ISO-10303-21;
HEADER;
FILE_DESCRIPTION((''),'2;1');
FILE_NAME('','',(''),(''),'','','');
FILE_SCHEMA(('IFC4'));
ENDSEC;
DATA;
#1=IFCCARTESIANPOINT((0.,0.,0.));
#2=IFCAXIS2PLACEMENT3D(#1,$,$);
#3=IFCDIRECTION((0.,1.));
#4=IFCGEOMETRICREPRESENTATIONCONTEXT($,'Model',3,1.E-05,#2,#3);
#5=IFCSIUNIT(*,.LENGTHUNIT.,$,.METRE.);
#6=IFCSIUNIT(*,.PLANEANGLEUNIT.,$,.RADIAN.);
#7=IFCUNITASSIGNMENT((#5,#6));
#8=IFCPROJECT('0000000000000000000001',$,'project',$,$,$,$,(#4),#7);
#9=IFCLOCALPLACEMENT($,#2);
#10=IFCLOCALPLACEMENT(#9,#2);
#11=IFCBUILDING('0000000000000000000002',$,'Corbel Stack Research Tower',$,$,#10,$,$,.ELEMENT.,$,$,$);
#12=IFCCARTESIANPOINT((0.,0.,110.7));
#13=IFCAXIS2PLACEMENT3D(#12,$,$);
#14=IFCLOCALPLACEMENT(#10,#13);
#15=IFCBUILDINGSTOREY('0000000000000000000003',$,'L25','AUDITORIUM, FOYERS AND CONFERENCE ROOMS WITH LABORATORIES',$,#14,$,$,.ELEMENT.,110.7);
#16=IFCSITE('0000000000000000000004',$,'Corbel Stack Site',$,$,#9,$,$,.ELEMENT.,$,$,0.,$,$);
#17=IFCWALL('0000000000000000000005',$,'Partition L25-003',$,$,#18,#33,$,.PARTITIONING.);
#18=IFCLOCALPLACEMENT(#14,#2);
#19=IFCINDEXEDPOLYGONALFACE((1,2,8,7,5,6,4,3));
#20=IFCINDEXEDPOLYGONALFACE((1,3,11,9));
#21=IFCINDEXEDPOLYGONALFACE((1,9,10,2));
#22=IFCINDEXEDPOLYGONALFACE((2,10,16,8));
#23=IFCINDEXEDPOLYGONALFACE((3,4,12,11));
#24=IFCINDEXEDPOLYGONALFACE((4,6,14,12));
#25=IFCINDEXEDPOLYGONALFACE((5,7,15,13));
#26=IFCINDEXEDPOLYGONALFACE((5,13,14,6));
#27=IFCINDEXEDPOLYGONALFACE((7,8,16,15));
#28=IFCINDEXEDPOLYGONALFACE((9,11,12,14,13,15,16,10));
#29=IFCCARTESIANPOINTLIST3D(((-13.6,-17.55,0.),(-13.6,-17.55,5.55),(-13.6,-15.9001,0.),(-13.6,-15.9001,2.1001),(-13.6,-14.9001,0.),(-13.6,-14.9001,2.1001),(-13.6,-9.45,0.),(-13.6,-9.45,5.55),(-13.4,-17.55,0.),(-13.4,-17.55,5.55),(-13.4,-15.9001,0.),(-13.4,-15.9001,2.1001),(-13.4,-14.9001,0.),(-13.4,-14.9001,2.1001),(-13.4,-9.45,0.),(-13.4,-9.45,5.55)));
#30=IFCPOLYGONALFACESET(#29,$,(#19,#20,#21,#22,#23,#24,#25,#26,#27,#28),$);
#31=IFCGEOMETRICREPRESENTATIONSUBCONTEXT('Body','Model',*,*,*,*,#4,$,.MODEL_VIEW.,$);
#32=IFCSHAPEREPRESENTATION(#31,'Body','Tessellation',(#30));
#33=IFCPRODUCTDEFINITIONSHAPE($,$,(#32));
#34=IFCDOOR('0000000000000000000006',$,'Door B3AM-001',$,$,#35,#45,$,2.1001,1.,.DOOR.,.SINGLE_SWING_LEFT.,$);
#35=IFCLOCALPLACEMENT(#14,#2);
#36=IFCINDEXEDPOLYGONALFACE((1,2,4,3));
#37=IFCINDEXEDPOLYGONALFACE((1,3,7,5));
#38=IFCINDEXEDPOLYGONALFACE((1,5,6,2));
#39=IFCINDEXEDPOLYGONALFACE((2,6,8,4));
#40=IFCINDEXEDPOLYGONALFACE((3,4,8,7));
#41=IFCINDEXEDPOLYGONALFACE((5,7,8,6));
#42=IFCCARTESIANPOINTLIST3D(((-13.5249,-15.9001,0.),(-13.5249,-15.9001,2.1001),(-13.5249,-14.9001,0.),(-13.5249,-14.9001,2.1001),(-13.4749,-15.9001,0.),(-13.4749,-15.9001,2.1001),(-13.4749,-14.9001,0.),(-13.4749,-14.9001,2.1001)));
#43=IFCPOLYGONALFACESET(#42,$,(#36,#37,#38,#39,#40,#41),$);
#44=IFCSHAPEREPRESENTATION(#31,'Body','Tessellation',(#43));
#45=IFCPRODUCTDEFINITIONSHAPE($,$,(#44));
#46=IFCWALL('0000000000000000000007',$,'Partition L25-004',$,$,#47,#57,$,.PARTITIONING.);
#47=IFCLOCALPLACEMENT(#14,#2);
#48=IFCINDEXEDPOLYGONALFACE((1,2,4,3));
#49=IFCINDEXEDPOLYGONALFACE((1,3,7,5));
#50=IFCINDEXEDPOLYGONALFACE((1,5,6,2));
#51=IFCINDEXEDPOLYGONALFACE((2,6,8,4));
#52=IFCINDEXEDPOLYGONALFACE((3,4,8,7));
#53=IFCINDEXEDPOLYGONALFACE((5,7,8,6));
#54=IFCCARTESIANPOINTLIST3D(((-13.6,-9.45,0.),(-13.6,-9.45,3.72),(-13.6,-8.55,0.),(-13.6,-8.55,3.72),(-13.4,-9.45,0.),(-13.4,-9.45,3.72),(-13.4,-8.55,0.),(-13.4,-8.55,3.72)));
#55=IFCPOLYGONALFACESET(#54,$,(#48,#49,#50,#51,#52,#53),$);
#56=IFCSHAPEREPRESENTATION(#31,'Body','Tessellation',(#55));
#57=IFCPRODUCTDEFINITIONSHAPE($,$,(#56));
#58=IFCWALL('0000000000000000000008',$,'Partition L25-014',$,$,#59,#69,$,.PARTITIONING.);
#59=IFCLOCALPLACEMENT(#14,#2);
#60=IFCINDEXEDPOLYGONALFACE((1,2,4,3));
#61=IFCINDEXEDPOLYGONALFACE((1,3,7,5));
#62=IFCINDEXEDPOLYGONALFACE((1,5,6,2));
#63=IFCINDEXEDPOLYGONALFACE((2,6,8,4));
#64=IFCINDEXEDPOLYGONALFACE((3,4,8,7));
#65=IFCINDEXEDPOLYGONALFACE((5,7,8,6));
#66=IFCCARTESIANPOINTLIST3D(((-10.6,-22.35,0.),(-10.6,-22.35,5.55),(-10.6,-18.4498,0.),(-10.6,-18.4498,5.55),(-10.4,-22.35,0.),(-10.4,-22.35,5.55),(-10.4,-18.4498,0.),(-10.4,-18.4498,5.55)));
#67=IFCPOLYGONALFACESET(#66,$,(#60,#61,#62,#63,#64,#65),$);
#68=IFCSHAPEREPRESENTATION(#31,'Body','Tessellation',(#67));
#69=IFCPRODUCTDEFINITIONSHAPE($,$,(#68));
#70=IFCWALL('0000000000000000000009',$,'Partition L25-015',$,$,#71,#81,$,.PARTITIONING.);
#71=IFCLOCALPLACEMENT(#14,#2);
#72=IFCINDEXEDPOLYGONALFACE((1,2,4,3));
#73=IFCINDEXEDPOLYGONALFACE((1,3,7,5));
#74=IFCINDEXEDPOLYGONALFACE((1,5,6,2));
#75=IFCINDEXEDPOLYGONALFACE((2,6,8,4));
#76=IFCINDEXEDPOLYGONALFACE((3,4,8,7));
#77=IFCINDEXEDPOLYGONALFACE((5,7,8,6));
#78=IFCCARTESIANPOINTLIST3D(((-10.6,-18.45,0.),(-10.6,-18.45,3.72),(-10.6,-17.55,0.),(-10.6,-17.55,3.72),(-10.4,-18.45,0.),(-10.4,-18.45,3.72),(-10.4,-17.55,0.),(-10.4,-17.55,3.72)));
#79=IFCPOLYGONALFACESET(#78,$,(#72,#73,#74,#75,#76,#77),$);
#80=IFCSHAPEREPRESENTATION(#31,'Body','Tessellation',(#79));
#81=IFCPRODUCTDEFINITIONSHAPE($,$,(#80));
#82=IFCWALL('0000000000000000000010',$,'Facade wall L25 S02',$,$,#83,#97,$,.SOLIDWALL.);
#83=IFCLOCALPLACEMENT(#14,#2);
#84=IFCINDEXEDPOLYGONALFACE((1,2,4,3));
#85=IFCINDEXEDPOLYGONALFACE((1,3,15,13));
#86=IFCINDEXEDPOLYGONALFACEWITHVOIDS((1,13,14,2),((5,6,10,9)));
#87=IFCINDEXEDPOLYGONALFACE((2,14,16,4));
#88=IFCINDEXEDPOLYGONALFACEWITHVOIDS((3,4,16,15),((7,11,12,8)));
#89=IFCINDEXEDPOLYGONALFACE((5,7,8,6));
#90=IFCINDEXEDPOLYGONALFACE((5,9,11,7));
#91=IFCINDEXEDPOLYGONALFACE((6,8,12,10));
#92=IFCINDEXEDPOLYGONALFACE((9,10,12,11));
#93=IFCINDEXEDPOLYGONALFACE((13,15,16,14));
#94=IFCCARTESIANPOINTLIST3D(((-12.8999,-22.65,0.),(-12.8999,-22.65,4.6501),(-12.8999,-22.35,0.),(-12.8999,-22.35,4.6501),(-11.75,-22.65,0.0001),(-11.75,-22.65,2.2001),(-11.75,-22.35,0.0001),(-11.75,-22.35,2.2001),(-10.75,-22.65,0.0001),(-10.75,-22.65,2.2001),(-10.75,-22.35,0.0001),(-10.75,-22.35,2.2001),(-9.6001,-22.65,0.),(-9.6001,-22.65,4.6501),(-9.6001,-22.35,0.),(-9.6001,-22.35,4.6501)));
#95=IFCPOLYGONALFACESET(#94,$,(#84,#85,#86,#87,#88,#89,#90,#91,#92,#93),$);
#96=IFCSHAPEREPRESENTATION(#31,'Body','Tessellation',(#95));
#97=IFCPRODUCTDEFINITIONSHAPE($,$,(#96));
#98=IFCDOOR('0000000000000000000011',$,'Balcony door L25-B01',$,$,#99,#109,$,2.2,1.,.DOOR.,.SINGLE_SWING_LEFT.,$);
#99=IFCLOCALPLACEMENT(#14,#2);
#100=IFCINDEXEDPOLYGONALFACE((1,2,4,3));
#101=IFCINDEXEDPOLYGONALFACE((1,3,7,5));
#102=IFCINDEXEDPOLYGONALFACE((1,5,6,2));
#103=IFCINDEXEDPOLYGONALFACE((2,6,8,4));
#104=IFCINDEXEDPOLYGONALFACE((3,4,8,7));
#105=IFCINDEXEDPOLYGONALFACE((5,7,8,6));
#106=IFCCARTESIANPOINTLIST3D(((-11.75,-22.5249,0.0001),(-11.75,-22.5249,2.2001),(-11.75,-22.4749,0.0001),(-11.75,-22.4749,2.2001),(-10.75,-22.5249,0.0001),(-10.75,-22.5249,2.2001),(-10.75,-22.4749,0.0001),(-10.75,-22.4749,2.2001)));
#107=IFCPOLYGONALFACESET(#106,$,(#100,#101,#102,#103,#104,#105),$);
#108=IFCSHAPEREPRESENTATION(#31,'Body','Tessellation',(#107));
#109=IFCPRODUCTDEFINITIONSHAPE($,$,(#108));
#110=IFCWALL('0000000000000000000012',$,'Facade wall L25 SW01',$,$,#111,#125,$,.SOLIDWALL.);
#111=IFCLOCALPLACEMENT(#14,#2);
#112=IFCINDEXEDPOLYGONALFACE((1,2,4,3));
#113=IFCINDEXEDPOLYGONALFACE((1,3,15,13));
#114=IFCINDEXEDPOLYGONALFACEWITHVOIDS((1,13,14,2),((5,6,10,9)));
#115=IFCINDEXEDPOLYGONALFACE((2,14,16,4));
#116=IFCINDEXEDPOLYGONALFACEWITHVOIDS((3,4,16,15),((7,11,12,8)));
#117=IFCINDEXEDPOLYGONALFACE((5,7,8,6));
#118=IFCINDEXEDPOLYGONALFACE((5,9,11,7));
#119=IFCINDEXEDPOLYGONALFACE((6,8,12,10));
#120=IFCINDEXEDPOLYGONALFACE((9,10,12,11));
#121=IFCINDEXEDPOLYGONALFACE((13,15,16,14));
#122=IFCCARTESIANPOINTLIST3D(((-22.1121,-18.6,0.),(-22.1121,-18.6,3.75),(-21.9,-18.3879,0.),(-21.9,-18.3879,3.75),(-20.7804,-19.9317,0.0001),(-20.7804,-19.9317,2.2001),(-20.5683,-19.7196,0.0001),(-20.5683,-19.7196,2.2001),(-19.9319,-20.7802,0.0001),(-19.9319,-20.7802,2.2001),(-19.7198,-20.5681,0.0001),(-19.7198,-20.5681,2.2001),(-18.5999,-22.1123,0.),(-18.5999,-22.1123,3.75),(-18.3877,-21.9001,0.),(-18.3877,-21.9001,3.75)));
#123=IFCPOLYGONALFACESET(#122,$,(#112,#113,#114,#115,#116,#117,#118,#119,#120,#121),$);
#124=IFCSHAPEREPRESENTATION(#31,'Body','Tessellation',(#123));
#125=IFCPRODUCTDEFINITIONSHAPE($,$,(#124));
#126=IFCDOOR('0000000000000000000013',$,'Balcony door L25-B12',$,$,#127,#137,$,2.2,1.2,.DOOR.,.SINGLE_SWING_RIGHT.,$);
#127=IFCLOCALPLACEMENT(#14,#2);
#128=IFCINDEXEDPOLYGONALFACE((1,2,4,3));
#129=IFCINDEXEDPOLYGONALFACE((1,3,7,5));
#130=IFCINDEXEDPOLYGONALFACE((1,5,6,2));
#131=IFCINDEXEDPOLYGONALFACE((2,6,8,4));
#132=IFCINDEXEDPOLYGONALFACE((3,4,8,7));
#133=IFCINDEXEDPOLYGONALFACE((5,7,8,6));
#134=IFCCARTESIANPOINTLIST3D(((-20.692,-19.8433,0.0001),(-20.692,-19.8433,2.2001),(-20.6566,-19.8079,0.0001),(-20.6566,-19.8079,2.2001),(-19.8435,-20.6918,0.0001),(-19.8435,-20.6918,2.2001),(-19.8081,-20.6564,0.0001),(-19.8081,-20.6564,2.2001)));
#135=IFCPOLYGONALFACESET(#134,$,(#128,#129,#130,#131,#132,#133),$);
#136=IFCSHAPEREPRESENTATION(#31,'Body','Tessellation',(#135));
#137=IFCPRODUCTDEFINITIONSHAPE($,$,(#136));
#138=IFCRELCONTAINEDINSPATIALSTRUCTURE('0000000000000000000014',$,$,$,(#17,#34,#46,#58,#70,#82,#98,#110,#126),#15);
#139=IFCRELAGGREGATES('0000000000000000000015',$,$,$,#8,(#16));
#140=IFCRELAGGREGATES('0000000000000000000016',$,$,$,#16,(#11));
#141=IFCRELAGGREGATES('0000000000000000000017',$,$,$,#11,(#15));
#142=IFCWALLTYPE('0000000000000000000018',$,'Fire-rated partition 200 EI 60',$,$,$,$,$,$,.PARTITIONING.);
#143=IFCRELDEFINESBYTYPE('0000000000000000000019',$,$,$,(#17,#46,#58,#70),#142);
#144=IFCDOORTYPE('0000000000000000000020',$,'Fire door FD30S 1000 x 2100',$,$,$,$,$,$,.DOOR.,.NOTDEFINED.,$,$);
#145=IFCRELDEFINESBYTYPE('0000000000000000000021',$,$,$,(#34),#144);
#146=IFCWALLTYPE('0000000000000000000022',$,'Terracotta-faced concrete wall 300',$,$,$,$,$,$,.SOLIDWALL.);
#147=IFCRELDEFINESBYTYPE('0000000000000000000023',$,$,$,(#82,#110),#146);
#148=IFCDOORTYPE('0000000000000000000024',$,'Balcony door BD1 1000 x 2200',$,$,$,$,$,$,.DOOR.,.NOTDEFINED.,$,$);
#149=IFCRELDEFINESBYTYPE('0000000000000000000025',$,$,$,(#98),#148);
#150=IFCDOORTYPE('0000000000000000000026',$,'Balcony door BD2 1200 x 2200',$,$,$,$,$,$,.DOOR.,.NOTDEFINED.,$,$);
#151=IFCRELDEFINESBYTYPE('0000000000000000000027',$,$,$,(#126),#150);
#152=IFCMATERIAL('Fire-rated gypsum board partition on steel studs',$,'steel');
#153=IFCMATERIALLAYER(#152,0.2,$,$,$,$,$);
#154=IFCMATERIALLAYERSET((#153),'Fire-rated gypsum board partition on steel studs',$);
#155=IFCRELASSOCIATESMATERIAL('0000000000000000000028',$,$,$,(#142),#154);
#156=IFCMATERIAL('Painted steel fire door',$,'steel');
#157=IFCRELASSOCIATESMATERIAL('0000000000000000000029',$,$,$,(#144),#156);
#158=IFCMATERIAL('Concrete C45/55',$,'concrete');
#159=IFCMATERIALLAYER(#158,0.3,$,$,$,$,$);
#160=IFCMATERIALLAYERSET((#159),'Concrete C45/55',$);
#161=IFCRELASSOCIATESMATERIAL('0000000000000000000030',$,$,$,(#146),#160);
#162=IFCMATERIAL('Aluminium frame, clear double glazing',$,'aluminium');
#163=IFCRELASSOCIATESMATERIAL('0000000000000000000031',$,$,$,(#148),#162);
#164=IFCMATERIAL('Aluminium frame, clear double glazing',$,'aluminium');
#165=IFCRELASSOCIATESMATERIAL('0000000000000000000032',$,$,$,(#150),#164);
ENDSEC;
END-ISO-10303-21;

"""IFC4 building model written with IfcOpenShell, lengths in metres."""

from ifc_helpers import new_model, si_unit, direction, frame, frame_2d, origin, place, context, subcontext, project, spatial, rectangle, extrude, material, layer, layer_set, type_object, element, fill, save


model = new_model("IFC4")

# Units and contexts
model_context = context("Model", 3, precision=1e-05, world=origin(), true_north=direction((0.0, 1.0)))
body_context = subcontext(model_context, "Body", "Model", "MODEL_VIEW")
ifc_project = project(units=[si_unit("LENGTHUNIT", "METRE"), si_unit("PLANEANGLEUNIT", "RADIAN")], contexts=[model_context])

# Site, building, storey
site_placement = place(None, origin())
site = spatial("IfcSite", under=ifc_project, at=site_placement, Name="Corbel Stack Site", CompositionType="ELEMENT", RefElevation=0.0)
building_placement = place(site_placement, origin())
building = spatial("IfcBuilding", under=site, at=building_placement, Name="Corbel Stack Research Tower", CompositionType="ELEMENT")
storey_placement = place(building_placement, frame((0.0, 0.0, 110.7)))
storey = spatial("IfcBuildingStorey", under=building, at=storey_placement, Name="L25", Description="AUDITORIUM, FOYERS AND CONFERENCE ROOMS WITH LABORATORIES", CompositionType="ELEMENT", Elevation=110.7)

# Shared definitions
ifc_material_1 = material(Name="Fire-rated gypsum board partition on steel studs", Category="steel")
ifc_layer_1 = layer(ifc_material_1, 0.2)
ifc_layer_set_1 = layer_set([ifc_layer_1], Name="Fire-rated gypsum board partition on steel studs")
wall_type_1 = type_object("IfcWallType", Name="Fire-rated partition 200 EI 60", PredefinedType="PARTITIONING", material=ifc_layer_set_1)

# Wall, opening, door
wall_1_placement = place(storey_placement, frame((-13.5, -17.55, 0.0), z_axis=(0.0, 0.0, 1.0), x_axis=(0.0, 1.0, 0.0)))
wall_1 = element("IfcWall", 1, at=wall_1_placement, inside=storey, type_object=wall_type_1, Name="Partition L25-003", PredefinedType="PARTITIONING", context=body_context, shape_type="SweptSolid", body=[
    extrude(rectangle(XDim=8.1001, YDim=0.2, at=frame_2d((4.05, 0.0))), origin(), (0.0, 0.0, 1.0), 5.55),
])
opening_1_placement = place(wall_1_placement, frame((1.6499, 0.0, 0.0)))
opening_1 = element("IfcOpeningElement", 2, at=opening_1_placement, cuts=wall_1, PredefinedType="OPENING", context=body_context, shape_type="SweptSolid", body=[
    extrude(rectangle(XDim=1.0, YDim=2.1001, at=frame_2d((0.5, 1.05))), frame((0.0, 0.1099, 0.0), z_axis=(0.0, -1.0, 0.0), x_axis=(1.0, 0.0, 0.0)), (0.0, 0.0, 1.0), 0.22),
])
ifc_material_2 = material(Name="Painted steel fire door", Category="steel")
door_type_1 = type_object("IfcDoorType", Name="Fire door FD30S 1000 x 2100", OperationType="NOTDEFINED", PredefinedType="DOOR", material=ifc_material_2)
door_1_placement = place(opening_1_placement, origin())
door_1 = element("IfcDoor", 3, at=door_1_placement, inside=storey, type_object=door_type_1, Name="Door B3AM-001", OperationType="SINGLE_SWING_LEFT", OverallHeight=2.1001, OverallWidth=1.0, PredefinedType="DOOR", context=body_context, shape_type="SweptSolid", body=[
    extrude(rectangle(XDim=1.0, YDim=2.1001, at=frame_2d((0.5, 1.05))), frame((0.0, 0.0249, 0.0), z_axis=(0.0, -1.0, 0.0), x_axis=(1.0, 0.0, 0.0)), (0.0, 0.0, 1.0), 0.05),
])
fill(opening_1, door_1)

# Walls
wall_2_placement = place(storey_placement, frame((-13.5, -9.45, 0.0), z_axis=(0.0, 0.0, 1.0), x_axis=(0.0, 1.0, 0.0)))
element("IfcWall", 4, at=wall_2_placement, inside=storey, type_object=wall_type_1, Name="Partition L25-004", PredefinedType="PARTITIONING", context=body_context, shape_type="SweptSolid", body=[
    extrude(rectangle(XDim=0.8999, YDim=0.2, at=frame_2d((0.45, 0.0))), origin(), (0.0, 0.0, 1.0), 3.72),
])
wall_3_placement = place(storey_placement, frame((-10.5, -22.3501, 0.0), z_axis=(0.0, 0.0, 1.0), x_axis=(0.0, 1.0, 0.0)))
element("IfcWall", 5, at=wall_3_placement, inside=storey, type_object=wall_type_1, Name="Partition L25-014", PredefinedType="PARTITIONING", context=body_context, shape_type="SweptSolid", body=[
    extrude(rectangle(XDim=3.9001, YDim=0.2, at=frame_2d((1.9502, 0.0))), origin(), (0.0, 0.0, 1.0), 5.55),
])
wall_4_placement = place(storey_placement, frame((-10.5, -18.45, 0.0), z_axis=(0.0, 0.0, 1.0), x_axis=(0.0, 1.0, 0.0)))
element("IfcWall", 6, at=wall_4_placement, inside=storey, type_object=wall_type_1, Name="Partition L25-015", PredefinedType="PARTITIONING", context=body_context, shape_type="SweptSolid", body=[
    extrude(rectangle(XDim=0.8999, YDim=0.2, at=frame_2d((0.45, 0.0))), origin(), (0.0, 0.0, 1.0), 3.72),
])

# Walls, openings, doors
ifc_material_3 = material(Name="Concrete C45/55", Category="concrete")
ifc_layer_2 = layer(ifc_material_3, 0.3)
ifc_layer_set_2 = layer_set([ifc_layer_2], Name="Concrete C45/55")
wall_type_2 = type_object("IfcWallType", Name="Terracotta-faced concrete wall 300", PredefinedType="SOLIDWALL", material=ifc_layer_set_2)
wall_5_placement = place(storey_placement, frame((-9.6001, -22.5, 0.0), z_axis=(0.0, 0.0, 1.0), x_axis=(-1.0, 0.0, 0.0)))
wall_5 = element("IfcWall", 7, at=wall_5_placement, inside=storey, type_object=wall_type_2, Name="Facade wall L25 S02", PredefinedType="SOLIDWALL", context=body_context, shape_type="SweptSolid", body=[
    extrude(rectangle(XDim=3.2998, YDim=0.3, at=frame_2d((1.6499, 0.0))), origin(), (0.0, 0.0, 1.0), 4.6501),
])
opening_2_placement = place(wall_5_placement, frame((1.1499, 0.0, 0.0)))
opening_2 = element("IfcOpeningElement", 8, at=opening_2_placement, cuts=wall_5, PredefinedType="OPENING", context=body_context, shape_type="SweptSolid", body=[
    extrude(rectangle(XDim=1.0, YDim=2.2, at=frame_2d((0.5, 1.1001))), frame((0.0, 0.1599, 0.0), z_axis=(0.0, -1.0, 0.0), x_axis=(1.0, 0.0, 0.0)), (0.0, 0.0, 1.0), 0.3201),
])
ifc_material_4 = material(Name="Aluminium frame, clear double glazing", Category="aluminium")
door_type_2 = type_object("IfcDoorType", Name="Balcony door BD1 1000 x 2200", OperationType="NOTDEFINED", PredefinedType="DOOR", material=ifc_material_4)
door_2_placement = place(opening_2_placement, origin())
door_2 = element("IfcDoor", 9, at=door_2_placement, inside=storey, type_object=door_type_2, Name="Balcony door L25-B01", OperationType="SINGLE_SWING_LEFT", OverallHeight=2.2, OverallWidth=1.0, PredefinedType="DOOR", context=body_context, shape_type="SweptSolid", body=[
    extrude(rectangle(XDim=1.0, YDim=2.2, at=frame_2d((0.5, 1.1001))), frame((0.0, 0.0249, 0.0), z_axis=(0.0, -1.0, 0.0), x_axis=(1.0, 0.0, 0.0)), (0.0, 0.0, 1.0), 0.05),
])
fill(opening_2, door_2)
wall_6_placement = place(storey_placement, frame((-18.4939, -22.0061, 0.0), z_axis=(0.0, 0.0, 1.0), x_axis=(-0.707107, 0.707107, 0.0)))
wall_6 = element("IfcWall", 10, at=wall_6_placement, inside=storey, type_object=wall_type_2, Name="Facade wall L25 SW01", PredefinedType="SOLIDWALL", context=body_context, shape_type="SweptSolid", body=[
    extrude(rectangle(XDim=4.967, YDim=0.3, at=frame_2d((2.4834, 0.0))), origin(), (0.0, 0.0, 1.0), 3.75),
])
opening_3_placement = place(wall_6_placement, frame((1.8835, 0.0, 0.0)))
opening_3 = element("IfcOpeningElement", 11, at=opening_3_placement, cuts=wall_6, PredefinedType="OPENING", context=body_context, shape_type="SweptSolid", body=[
    extrude(rectangle(XDim=1.2, YDim=2.2, at=frame_2d((0.6001, 1.1001))), frame((0.0, 0.1599, 0.0), z_axis=(0.0, -1.0, 0.0), x_axis=(1.0, 0.0, 0.0)), (0.0, 0.0, 1.0), 0.3201),
])
ifc_material_5 = material(Name="Aluminium frame, clear double glazing", Category="aluminium")
door_type_3 = type_object("IfcDoorType", Name="Balcony door BD2 1200 x 2200", OperationType="NOTDEFINED", PredefinedType="DOOR", material=ifc_material_5)
door_3_placement = place(opening_3_placement, origin())
door_3 = element("IfcDoor", 12, at=door_3_placement, inside=storey, type_object=door_type_3, Name="Balcony door L25-B12", OperationType="SINGLE_SWING_RIGHT", OverallHeight=2.2, OverallWidth=1.2, PredefinedType="DOOR", context=body_context, shape_type="SweptSolid", body=[
    extrude(rectangle(XDim=1.2, YDim=2.2, at=frame_2d((0.6001, 1.1001))), frame((0.0, 0.0249, 0.0), z_axis=(0.0, -1.0, 0.0), x_axis=(1.0, 0.0, 0.0)), (0.0, 0.0, 1.0), 0.05),
])
fill(opening_3, door_3)

save(model, "model.ifc")
